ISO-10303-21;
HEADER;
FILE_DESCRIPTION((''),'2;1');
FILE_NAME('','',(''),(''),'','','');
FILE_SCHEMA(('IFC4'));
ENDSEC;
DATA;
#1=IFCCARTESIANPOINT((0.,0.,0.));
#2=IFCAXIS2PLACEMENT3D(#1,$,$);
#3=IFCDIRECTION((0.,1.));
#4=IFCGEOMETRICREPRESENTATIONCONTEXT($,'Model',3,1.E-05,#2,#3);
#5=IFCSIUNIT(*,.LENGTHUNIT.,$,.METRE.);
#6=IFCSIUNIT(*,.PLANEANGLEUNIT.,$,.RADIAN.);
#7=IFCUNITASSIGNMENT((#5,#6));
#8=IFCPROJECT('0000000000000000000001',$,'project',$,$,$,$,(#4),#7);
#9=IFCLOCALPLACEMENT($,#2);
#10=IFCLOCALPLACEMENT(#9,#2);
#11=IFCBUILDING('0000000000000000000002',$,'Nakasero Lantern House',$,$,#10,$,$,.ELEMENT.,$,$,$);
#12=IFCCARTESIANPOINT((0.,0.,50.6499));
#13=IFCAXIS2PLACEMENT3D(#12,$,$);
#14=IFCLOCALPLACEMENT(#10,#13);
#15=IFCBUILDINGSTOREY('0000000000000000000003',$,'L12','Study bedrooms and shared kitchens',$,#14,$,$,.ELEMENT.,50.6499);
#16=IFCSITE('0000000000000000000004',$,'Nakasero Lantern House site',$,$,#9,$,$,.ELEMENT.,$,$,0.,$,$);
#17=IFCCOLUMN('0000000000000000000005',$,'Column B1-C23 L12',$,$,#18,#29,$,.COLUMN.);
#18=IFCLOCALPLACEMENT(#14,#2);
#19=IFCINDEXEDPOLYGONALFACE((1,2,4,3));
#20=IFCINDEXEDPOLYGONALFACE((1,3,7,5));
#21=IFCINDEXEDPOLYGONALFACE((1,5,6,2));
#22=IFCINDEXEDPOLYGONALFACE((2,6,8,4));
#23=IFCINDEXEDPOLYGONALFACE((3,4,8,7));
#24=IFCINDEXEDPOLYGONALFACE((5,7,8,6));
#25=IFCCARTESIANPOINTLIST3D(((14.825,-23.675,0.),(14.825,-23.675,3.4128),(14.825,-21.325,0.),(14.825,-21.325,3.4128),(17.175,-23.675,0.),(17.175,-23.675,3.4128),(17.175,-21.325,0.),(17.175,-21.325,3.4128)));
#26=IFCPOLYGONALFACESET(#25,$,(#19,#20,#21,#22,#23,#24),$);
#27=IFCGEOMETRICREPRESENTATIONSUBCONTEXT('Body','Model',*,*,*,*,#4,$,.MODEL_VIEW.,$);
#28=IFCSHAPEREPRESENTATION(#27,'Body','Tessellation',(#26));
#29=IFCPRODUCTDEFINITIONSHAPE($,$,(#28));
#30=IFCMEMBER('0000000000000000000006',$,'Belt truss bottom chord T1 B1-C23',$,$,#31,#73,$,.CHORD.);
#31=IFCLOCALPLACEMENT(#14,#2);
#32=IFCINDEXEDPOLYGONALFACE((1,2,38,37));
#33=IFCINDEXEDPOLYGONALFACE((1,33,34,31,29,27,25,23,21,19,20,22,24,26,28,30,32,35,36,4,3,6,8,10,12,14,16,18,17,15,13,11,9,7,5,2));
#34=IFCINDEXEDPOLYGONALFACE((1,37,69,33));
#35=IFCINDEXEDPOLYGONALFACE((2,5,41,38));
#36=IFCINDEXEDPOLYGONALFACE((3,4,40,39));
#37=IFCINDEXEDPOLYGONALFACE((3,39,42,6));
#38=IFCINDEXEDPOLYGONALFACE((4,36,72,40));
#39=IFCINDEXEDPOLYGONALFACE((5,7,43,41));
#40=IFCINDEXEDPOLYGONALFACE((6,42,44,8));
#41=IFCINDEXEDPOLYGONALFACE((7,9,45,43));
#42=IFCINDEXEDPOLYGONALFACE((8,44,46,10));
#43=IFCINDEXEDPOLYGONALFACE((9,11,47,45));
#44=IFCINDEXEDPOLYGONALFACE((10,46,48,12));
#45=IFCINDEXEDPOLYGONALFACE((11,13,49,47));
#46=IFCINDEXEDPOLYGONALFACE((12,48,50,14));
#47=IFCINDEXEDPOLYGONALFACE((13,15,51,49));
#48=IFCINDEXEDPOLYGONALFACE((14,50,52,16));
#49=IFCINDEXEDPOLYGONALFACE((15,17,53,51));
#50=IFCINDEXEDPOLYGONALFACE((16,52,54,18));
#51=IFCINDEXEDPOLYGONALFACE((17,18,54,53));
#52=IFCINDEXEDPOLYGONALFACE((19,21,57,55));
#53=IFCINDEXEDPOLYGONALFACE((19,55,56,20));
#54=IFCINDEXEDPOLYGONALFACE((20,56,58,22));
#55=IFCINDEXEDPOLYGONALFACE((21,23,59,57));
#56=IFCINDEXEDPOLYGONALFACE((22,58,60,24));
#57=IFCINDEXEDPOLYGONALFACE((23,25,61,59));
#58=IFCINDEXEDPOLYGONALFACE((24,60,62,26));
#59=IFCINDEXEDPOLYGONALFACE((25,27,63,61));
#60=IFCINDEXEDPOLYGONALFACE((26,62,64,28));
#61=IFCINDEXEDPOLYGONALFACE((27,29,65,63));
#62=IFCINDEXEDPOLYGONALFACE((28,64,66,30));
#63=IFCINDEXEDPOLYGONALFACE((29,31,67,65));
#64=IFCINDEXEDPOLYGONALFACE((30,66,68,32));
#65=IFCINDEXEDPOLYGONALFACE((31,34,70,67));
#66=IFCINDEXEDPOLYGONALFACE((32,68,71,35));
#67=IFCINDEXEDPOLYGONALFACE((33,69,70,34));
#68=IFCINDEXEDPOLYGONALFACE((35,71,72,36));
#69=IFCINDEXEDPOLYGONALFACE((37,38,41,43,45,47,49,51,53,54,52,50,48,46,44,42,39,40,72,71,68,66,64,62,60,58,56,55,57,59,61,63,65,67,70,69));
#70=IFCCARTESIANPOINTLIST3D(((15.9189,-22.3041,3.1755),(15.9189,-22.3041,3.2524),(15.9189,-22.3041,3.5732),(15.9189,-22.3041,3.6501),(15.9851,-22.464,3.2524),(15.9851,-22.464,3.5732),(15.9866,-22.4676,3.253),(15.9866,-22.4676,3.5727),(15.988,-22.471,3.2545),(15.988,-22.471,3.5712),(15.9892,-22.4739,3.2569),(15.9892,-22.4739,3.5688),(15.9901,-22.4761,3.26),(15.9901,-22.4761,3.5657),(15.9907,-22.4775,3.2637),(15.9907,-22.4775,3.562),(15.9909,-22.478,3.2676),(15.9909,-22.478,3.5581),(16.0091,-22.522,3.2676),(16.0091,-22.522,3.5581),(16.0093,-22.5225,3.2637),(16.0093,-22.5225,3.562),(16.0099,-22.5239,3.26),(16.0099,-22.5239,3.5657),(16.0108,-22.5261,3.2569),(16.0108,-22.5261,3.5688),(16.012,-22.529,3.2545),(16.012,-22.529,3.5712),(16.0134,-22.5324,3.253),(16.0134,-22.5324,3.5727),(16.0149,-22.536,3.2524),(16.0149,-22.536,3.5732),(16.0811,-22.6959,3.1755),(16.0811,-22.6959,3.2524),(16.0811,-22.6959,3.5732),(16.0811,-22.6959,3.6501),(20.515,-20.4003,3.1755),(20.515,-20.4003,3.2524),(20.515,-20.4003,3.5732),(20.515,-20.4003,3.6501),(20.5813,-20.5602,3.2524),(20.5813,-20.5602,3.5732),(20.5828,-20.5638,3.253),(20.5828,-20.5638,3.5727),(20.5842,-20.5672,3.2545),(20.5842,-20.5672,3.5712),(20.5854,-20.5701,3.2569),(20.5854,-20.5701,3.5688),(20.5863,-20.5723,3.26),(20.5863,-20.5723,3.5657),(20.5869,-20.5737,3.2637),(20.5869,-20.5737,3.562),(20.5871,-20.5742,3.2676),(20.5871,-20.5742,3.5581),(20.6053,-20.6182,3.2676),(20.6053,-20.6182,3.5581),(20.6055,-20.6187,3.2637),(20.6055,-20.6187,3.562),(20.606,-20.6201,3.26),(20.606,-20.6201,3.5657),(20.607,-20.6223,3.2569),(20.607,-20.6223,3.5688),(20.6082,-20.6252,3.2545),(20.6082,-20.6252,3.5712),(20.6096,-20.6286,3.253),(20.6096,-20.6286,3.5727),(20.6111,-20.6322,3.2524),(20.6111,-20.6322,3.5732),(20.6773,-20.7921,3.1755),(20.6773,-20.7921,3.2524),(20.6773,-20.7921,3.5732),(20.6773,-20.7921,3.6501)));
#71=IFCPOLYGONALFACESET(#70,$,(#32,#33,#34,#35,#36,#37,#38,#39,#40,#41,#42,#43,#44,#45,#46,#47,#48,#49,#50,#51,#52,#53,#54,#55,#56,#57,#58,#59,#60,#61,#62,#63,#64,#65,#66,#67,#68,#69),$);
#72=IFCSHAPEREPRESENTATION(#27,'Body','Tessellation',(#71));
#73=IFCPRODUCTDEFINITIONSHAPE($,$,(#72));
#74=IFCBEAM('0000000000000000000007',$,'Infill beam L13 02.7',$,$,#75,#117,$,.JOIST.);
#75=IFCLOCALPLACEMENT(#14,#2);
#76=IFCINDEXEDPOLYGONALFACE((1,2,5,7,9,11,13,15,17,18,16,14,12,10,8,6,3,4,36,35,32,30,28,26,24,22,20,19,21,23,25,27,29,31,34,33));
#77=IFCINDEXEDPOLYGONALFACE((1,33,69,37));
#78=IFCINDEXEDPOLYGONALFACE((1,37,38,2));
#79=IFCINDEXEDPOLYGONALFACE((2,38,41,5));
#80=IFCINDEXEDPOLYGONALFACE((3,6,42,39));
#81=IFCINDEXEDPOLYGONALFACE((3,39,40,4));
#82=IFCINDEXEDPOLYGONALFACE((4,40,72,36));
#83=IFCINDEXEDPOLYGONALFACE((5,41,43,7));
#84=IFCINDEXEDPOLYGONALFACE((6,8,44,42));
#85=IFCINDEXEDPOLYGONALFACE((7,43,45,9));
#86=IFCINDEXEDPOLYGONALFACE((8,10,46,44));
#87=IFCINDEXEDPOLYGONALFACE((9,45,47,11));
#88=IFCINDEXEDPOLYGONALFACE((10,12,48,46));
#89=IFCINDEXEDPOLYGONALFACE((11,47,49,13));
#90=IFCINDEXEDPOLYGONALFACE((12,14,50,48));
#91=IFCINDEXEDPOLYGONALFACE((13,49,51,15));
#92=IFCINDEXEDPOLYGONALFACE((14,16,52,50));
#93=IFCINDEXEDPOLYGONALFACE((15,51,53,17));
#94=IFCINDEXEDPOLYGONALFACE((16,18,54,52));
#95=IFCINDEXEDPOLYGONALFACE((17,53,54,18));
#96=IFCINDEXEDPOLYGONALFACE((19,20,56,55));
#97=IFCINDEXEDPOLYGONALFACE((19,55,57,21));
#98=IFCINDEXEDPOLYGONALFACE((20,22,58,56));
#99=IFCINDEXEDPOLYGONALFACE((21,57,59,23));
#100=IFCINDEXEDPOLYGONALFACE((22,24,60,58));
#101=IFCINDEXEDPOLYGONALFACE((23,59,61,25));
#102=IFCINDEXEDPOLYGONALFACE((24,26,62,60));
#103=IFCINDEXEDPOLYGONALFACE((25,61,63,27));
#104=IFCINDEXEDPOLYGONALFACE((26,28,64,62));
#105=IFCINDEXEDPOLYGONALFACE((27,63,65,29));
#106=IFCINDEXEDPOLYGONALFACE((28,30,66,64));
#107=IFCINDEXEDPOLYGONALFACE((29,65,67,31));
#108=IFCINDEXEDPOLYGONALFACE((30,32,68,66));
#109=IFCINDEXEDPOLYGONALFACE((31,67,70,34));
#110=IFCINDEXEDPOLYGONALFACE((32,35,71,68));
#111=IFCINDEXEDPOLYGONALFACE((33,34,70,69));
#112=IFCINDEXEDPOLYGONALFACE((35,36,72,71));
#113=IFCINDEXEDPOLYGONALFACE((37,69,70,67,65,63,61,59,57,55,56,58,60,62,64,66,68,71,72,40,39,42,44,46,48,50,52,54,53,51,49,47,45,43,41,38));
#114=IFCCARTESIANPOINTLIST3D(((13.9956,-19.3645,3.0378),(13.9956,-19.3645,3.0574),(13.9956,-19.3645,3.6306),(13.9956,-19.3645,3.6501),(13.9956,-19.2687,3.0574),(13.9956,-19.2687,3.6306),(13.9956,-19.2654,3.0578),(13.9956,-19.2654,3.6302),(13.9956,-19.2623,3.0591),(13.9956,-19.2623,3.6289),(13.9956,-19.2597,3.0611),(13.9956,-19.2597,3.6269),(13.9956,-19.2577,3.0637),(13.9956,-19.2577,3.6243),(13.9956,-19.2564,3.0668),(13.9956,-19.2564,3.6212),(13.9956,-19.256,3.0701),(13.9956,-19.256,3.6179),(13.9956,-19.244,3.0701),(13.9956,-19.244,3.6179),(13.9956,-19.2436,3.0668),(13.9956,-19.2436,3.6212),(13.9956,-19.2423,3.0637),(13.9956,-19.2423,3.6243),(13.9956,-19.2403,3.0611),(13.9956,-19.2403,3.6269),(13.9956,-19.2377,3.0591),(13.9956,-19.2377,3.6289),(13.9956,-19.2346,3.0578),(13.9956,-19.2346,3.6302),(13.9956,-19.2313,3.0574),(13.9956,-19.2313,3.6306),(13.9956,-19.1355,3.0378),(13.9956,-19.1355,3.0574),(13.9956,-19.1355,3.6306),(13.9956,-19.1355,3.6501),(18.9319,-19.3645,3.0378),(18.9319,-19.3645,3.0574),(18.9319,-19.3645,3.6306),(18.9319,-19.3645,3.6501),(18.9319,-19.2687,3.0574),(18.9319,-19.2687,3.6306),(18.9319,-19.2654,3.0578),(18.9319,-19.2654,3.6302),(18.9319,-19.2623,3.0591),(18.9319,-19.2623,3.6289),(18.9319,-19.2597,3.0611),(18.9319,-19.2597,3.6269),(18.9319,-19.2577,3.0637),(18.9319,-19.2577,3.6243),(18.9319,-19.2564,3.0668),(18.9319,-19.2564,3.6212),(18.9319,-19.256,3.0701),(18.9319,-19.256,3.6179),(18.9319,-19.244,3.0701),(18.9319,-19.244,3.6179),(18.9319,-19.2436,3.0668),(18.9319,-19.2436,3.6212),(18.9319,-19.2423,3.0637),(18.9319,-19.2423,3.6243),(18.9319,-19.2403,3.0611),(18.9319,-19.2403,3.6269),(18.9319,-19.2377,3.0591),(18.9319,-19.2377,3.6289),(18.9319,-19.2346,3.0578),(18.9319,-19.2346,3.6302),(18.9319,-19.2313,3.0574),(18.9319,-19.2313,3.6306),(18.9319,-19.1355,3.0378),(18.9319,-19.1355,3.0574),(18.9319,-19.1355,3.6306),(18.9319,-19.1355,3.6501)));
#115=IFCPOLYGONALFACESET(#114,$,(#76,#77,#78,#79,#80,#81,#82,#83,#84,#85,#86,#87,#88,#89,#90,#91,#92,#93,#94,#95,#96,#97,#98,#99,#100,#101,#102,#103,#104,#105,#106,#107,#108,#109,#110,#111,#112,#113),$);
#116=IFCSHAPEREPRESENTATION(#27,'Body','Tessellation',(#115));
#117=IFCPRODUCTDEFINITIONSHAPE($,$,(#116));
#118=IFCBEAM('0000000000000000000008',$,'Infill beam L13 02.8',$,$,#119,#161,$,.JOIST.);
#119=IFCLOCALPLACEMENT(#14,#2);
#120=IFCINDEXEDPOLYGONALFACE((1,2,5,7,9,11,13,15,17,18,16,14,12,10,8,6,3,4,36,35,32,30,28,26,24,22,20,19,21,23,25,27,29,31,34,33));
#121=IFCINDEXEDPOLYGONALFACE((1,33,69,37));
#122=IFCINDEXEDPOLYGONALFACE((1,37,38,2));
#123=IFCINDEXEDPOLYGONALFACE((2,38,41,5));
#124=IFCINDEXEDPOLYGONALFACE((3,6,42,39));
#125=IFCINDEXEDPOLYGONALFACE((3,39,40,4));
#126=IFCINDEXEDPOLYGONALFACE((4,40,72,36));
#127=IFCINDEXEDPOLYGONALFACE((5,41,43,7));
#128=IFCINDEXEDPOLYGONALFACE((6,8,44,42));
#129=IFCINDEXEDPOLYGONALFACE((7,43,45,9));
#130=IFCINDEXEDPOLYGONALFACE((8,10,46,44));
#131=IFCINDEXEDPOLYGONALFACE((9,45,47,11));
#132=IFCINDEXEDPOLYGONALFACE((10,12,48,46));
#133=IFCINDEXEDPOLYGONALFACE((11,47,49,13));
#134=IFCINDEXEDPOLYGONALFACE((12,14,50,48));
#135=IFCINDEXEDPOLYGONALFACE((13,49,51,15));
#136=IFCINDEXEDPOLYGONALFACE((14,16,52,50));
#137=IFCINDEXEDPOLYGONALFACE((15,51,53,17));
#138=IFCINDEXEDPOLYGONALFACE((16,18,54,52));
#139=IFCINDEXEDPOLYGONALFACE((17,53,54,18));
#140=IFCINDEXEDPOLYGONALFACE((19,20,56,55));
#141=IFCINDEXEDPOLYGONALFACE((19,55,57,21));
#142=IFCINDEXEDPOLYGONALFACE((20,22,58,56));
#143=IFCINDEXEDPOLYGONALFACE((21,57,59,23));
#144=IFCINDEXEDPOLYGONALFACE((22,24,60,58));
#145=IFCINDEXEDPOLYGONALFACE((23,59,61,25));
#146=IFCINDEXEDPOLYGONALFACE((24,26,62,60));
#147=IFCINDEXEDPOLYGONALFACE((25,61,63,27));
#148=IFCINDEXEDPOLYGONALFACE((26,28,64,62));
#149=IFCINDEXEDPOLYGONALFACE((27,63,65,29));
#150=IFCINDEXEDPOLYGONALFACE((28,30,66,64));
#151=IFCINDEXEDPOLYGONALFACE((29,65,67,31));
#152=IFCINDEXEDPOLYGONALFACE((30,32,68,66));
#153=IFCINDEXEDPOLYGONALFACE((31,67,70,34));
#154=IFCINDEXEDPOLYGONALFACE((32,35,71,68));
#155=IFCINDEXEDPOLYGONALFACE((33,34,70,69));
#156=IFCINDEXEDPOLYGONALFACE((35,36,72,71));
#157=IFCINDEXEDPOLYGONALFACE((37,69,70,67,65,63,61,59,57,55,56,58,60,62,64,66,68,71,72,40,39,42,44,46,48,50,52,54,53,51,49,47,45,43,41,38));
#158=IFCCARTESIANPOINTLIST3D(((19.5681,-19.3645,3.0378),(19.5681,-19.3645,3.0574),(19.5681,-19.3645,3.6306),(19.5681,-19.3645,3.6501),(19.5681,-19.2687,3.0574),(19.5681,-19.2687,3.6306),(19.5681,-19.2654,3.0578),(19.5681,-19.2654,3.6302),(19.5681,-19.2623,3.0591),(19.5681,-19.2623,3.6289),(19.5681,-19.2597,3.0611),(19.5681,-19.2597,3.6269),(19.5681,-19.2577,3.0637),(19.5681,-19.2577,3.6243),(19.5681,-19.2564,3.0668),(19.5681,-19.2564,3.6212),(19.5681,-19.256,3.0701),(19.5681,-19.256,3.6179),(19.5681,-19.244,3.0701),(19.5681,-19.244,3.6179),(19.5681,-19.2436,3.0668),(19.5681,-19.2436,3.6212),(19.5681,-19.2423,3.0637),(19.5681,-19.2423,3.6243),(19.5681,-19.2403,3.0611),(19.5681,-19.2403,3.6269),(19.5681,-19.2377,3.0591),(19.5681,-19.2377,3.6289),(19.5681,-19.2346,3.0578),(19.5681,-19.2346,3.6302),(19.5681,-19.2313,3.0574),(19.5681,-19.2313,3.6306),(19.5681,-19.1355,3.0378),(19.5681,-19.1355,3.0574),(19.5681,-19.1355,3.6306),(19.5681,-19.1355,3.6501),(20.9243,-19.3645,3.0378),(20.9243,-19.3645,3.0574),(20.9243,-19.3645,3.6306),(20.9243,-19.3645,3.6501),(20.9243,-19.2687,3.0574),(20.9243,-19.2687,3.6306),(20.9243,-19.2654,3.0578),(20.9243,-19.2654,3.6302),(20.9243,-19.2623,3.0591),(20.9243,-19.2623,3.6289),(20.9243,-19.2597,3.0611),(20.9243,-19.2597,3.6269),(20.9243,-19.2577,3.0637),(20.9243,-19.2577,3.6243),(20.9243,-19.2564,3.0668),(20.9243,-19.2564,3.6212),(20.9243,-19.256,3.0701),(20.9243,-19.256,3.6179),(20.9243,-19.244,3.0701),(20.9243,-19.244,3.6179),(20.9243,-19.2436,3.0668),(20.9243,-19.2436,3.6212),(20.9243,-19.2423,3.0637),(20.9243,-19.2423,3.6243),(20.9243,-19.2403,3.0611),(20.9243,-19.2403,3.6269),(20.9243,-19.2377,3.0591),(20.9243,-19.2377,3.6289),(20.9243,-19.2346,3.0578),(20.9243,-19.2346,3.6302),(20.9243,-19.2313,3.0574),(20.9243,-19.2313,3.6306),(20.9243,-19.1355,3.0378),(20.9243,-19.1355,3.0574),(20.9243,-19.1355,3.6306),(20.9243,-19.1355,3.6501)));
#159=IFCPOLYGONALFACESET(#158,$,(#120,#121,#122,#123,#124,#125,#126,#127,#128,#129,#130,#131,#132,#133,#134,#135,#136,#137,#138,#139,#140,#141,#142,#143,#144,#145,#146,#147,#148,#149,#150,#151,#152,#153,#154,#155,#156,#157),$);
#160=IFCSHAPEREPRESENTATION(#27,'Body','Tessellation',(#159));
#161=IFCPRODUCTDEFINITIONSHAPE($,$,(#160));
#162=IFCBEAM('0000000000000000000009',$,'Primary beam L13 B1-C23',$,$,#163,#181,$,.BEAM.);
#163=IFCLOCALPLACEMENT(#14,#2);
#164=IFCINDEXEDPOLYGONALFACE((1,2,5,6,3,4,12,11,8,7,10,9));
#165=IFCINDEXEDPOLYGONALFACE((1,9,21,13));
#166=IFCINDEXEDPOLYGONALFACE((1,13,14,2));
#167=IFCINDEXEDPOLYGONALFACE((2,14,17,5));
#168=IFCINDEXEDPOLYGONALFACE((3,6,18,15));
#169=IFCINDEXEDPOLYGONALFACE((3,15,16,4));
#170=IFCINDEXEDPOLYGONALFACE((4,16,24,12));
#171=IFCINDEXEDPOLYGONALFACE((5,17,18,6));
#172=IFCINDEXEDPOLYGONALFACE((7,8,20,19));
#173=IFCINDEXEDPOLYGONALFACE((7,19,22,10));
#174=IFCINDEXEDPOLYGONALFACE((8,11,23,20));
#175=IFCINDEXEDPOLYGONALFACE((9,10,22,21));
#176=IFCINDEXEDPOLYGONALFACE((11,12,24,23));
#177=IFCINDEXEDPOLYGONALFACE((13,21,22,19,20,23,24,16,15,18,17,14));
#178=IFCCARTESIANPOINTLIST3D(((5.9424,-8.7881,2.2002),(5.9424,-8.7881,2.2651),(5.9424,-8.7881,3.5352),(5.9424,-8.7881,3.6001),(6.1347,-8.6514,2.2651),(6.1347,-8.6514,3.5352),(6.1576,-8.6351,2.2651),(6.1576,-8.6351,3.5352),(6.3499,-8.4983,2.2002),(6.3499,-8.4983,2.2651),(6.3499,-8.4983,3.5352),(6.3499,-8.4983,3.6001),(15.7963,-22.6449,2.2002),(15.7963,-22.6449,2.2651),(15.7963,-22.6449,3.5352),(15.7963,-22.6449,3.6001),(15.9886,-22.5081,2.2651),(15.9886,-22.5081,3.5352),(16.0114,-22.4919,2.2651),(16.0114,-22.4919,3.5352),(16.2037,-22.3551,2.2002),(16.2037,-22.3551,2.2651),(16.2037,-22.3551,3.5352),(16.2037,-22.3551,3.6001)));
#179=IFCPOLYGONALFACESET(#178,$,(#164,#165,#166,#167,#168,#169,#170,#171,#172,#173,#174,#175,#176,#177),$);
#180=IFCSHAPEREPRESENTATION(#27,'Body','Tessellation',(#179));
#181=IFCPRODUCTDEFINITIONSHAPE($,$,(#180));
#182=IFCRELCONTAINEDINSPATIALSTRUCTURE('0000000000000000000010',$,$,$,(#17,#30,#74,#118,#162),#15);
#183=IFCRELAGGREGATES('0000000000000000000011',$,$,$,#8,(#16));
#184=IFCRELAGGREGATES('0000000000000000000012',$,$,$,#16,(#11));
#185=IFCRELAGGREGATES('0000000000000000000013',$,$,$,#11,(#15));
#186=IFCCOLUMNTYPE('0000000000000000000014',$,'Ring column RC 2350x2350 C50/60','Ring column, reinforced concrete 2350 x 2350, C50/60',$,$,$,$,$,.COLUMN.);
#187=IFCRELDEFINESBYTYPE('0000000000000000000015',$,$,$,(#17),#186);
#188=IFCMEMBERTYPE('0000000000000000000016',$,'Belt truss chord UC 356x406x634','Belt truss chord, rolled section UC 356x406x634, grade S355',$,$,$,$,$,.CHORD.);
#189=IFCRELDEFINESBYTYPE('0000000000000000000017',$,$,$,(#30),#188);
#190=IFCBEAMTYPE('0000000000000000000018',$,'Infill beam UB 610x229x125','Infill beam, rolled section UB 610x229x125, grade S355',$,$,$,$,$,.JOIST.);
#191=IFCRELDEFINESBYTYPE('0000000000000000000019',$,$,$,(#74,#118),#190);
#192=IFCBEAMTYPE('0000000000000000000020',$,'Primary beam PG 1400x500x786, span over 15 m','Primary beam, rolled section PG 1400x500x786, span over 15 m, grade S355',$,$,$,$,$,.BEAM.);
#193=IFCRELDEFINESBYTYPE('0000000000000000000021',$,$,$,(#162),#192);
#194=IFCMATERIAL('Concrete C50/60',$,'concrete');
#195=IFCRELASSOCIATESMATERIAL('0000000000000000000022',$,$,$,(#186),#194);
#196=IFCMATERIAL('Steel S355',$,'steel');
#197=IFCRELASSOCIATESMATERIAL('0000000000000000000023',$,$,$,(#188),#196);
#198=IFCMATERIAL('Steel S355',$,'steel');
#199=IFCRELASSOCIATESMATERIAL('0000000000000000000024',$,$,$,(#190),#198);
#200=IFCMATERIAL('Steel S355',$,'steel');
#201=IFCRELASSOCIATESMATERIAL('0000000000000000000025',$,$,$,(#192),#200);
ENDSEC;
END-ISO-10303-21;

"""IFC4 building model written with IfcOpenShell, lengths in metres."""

from ifc_helpers import new_model, si_unit, direction, frame, origin, origin_2d, place, context, subcontext, project, spatial, rectangle, i_section, extrude, material, material_profile, profile_set, type_object, element, save


model = new_model("IFC4")

# Units and contexts
model_context = context("Model", 3, precision=1e-05, world=origin(), true_north=direction((0.0, 1.0)))
body_context = subcontext(model_context, "Body", "Model", "MODEL_VIEW")
ifc_project = project(units=[si_unit("LENGTHUNIT", "METRE"), si_unit("PLANEANGLEUNIT", "RADIAN")], contexts=[model_context])

# Site, building, storey
site_placement = place(None, origin())
site = spatial("IfcSite", under=ifc_project, at=site_placement, Name="Nakasero Lantern House site", CompositionType="ELEMENT", RefElevation=0.0)
building_placement = place(site_placement, origin())
building = spatial("IfcBuilding", under=site, at=building_placement, Name="Nakasero Lantern House", CompositionType="ELEMENT")
storey_placement = place(building_placement, frame((0.0, 0.0, 50.6499)))
storey = spatial("IfcBuildingStorey", under=building, at=storey_placement, Name="L12", Description="Study bedrooms and shared kitchens", CompositionType="ELEMENT", Elevation=50.6499)

# Column
ifc_material_1 = material(Name="Concrete C50/60", Category="concrete")
ifc_material_profile_1 = material_profile(ifc_material_1, rectangle(XDim=2.3501, YDim=2.3501, at=origin_2d()), Name="RC 2350x2350")
ifc_profile_set_1 = profile_set([ifc_material_profile_1], Name="Concrete C50/60")
column_type = type_object("IfcColumnType", Name="Ring column RC 2350x2350 C50/60", Description="Ring column, reinforced concrete 2350 x 2350, C50/60", PredefinedType="COLUMN", material=ifc_profile_set_1)
column_placement = place(storey_placement, frame((16.0, -22.5, 0.0), z_axis=(0.0, 0.0, 1.0), x_axis=(1.0, 0.0, 0.0)))
element("IfcColumn", 1, at=column_placement, inside=storey, type_object=column_type, Name="Column B1-C23 L12", PredefinedType="COLUMN", context=body_context, shape_type="SweptSolid", body=[
    extrude(rectangle(XDim=2.3501, YDim=2.3501, at=origin_2d()), origin(), (0.0, 0.0, 1.0), 3.4128),
])

# Member
ifc_material_2 = material(Name="Steel S355", Category="steel")
ifc_material_profile_2 = material_profile(ifc_material_2, i_section(OverallWidth=0.4241, OverallDepth=0.4746, WebThickness=0.0476, FlangeThickness=0.0769, FilletRadius=0.0151, at=origin_2d()), Name="UC 356x406x634")
ifc_profile_set_2 = profile_set([ifc_material_profile_2], Name="Steel S355")
member_type = type_object("IfcMemberType", Name="Belt truss chord UC 356x406x634", Description="Belt truss chord, rolled section UC 356x406x634, grade S355", PredefinedType="CHORD", material=ifc_profile_set_2)
member_placement = place(storey_placement, frame((16.0, -22.5, 3.4128), z_axis=(0.923879, 0.382684, 0.0), x_axis=(-0.382684, 0.923879, 0.0)))
element("IfcMember", 2, at=member_placement, inside=storey, type_object=member_type, Name="Belt truss bottom chord T1 B1-C23", PredefinedType="CHORD", context=body_context, shape_type="SweptSolid", body=[
    extrude(i_section(OverallWidth=0.4241, OverallDepth=0.4746, WebThickness=0.0476, FlangeThickness=0.0769, FilletRadius=0.0151, at=origin_2d()), origin(), (0.0, 0.0, 1.0), 4.9749),
])

# Beams
ifc_material_3 = material(Name="Steel S355", Category="steel")
ifc_material_profile_3 = material_profile(ifc_material_3, i_section(OverallWidth=0.229, OverallDepth=0.6123, WebThickness=0.012, FlangeThickness=0.0195, FilletRadius=0.0127, at=origin_2d()), Name="UB 610x229x125")
ifc_profile_set_3 = profile_set([ifc_material_profile_3], Name="Steel S355")
beam_type_1 = type_object("IfcBeamType", Name="Infill beam UB 610x229x125", Description="Infill beam, rolled section UB 610x229x125, grade S355", PredefinedType="JOIST", material=ifc_profile_set_3)
beam_1_placement = place(storey_placement, frame((13.9956, -19.25, 3.344), z_axis=(1.0, 0.0, 0.0), x_axis=(0.0, 1.0, 0.0)))
element("IfcBeam", 3, at=beam_1_placement, inside=storey, type_object=beam_type_1, Name="Infill beam L13 02.7", PredefinedType="JOIST", context=body_context, shape_type="SweptSolid", body=[
    extrude(i_section(OverallWidth=0.229, OverallDepth=0.6123, WebThickness=0.012, FlangeThickness=0.0195, FilletRadius=0.0127, at=origin_2d()), origin(), (0.0, 0.0, 1.0), 4.9363),
])
beam_2_placement = place(storey_placement, frame((19.5681, -19.25, 3.344), z_axis=(1.0, 0.0, 0.0), x_axis=(0.0, 1.0, 0.0)))
element("IfcBeam", 4, at=beam_2_placement, inside=storey, type_object=beam_type_1, Name="Infill beam L13 02.8", PredefinedType="JOIST", context=body_context, shape_type="SweptSolid", body=[
    extrude(i_section(OverallWidth=0.229, OverallDepth=0.6123, WebThickness=0.012, FlangeThickness=0.0195, FilletRadius=0.0127, at=origin_2d()), origin(), (0.0, 0.0, 1.0), 1.3562),
])
ifc_material_4 = material(Name="Steel S355", Category="steel")
ifc_material_profile_4 = material_profile(ifc_material_4, i_section(OverallWidth=0.5, OverallDepth=1.3999, WebThickness=0.0281, FlangeThickness=0.0649, at=origin_2d()), Name="PG 1400x500x786")
ifc_profile_set_4 = profile_set([ifc_material_profile_4], Name="Steel S355")
beam_type_2 = type_object("IfcBeamType", Name="Primary beam PG 1400x500x786, span over 15 m", Description="Primary beam, rolled section PG 1400x500x786, span over 15 m, grade S355", PredefinedType="BEAM", material=ifc_profile_set_4)
beam_3_placement = place(storey_placement, frame((16.0, -22.5, 2.9001), z_axis=(-0.579528, 0.814952, 0.0), x_axis=(-0.814952, -0.579528, 0.0)))
element("IfcBeam", 5, at=beam_3_placement, inside=storey, type_object=beam_type_2, Name="Primary beam L13 B1-C23", PredefinedType="BEAM", context=body_context, shape_type="SweptSolid", body=[
    extrude(i_section(OverallWidth=0.5, OverallDepth=1.3999, WebThickness=0.0281, FlangeThickness=0.0649, at=origin_2d()), origin(), (0.0, 0.0, 1.0), 17.0032),
])

save(model, "model.ifc")
